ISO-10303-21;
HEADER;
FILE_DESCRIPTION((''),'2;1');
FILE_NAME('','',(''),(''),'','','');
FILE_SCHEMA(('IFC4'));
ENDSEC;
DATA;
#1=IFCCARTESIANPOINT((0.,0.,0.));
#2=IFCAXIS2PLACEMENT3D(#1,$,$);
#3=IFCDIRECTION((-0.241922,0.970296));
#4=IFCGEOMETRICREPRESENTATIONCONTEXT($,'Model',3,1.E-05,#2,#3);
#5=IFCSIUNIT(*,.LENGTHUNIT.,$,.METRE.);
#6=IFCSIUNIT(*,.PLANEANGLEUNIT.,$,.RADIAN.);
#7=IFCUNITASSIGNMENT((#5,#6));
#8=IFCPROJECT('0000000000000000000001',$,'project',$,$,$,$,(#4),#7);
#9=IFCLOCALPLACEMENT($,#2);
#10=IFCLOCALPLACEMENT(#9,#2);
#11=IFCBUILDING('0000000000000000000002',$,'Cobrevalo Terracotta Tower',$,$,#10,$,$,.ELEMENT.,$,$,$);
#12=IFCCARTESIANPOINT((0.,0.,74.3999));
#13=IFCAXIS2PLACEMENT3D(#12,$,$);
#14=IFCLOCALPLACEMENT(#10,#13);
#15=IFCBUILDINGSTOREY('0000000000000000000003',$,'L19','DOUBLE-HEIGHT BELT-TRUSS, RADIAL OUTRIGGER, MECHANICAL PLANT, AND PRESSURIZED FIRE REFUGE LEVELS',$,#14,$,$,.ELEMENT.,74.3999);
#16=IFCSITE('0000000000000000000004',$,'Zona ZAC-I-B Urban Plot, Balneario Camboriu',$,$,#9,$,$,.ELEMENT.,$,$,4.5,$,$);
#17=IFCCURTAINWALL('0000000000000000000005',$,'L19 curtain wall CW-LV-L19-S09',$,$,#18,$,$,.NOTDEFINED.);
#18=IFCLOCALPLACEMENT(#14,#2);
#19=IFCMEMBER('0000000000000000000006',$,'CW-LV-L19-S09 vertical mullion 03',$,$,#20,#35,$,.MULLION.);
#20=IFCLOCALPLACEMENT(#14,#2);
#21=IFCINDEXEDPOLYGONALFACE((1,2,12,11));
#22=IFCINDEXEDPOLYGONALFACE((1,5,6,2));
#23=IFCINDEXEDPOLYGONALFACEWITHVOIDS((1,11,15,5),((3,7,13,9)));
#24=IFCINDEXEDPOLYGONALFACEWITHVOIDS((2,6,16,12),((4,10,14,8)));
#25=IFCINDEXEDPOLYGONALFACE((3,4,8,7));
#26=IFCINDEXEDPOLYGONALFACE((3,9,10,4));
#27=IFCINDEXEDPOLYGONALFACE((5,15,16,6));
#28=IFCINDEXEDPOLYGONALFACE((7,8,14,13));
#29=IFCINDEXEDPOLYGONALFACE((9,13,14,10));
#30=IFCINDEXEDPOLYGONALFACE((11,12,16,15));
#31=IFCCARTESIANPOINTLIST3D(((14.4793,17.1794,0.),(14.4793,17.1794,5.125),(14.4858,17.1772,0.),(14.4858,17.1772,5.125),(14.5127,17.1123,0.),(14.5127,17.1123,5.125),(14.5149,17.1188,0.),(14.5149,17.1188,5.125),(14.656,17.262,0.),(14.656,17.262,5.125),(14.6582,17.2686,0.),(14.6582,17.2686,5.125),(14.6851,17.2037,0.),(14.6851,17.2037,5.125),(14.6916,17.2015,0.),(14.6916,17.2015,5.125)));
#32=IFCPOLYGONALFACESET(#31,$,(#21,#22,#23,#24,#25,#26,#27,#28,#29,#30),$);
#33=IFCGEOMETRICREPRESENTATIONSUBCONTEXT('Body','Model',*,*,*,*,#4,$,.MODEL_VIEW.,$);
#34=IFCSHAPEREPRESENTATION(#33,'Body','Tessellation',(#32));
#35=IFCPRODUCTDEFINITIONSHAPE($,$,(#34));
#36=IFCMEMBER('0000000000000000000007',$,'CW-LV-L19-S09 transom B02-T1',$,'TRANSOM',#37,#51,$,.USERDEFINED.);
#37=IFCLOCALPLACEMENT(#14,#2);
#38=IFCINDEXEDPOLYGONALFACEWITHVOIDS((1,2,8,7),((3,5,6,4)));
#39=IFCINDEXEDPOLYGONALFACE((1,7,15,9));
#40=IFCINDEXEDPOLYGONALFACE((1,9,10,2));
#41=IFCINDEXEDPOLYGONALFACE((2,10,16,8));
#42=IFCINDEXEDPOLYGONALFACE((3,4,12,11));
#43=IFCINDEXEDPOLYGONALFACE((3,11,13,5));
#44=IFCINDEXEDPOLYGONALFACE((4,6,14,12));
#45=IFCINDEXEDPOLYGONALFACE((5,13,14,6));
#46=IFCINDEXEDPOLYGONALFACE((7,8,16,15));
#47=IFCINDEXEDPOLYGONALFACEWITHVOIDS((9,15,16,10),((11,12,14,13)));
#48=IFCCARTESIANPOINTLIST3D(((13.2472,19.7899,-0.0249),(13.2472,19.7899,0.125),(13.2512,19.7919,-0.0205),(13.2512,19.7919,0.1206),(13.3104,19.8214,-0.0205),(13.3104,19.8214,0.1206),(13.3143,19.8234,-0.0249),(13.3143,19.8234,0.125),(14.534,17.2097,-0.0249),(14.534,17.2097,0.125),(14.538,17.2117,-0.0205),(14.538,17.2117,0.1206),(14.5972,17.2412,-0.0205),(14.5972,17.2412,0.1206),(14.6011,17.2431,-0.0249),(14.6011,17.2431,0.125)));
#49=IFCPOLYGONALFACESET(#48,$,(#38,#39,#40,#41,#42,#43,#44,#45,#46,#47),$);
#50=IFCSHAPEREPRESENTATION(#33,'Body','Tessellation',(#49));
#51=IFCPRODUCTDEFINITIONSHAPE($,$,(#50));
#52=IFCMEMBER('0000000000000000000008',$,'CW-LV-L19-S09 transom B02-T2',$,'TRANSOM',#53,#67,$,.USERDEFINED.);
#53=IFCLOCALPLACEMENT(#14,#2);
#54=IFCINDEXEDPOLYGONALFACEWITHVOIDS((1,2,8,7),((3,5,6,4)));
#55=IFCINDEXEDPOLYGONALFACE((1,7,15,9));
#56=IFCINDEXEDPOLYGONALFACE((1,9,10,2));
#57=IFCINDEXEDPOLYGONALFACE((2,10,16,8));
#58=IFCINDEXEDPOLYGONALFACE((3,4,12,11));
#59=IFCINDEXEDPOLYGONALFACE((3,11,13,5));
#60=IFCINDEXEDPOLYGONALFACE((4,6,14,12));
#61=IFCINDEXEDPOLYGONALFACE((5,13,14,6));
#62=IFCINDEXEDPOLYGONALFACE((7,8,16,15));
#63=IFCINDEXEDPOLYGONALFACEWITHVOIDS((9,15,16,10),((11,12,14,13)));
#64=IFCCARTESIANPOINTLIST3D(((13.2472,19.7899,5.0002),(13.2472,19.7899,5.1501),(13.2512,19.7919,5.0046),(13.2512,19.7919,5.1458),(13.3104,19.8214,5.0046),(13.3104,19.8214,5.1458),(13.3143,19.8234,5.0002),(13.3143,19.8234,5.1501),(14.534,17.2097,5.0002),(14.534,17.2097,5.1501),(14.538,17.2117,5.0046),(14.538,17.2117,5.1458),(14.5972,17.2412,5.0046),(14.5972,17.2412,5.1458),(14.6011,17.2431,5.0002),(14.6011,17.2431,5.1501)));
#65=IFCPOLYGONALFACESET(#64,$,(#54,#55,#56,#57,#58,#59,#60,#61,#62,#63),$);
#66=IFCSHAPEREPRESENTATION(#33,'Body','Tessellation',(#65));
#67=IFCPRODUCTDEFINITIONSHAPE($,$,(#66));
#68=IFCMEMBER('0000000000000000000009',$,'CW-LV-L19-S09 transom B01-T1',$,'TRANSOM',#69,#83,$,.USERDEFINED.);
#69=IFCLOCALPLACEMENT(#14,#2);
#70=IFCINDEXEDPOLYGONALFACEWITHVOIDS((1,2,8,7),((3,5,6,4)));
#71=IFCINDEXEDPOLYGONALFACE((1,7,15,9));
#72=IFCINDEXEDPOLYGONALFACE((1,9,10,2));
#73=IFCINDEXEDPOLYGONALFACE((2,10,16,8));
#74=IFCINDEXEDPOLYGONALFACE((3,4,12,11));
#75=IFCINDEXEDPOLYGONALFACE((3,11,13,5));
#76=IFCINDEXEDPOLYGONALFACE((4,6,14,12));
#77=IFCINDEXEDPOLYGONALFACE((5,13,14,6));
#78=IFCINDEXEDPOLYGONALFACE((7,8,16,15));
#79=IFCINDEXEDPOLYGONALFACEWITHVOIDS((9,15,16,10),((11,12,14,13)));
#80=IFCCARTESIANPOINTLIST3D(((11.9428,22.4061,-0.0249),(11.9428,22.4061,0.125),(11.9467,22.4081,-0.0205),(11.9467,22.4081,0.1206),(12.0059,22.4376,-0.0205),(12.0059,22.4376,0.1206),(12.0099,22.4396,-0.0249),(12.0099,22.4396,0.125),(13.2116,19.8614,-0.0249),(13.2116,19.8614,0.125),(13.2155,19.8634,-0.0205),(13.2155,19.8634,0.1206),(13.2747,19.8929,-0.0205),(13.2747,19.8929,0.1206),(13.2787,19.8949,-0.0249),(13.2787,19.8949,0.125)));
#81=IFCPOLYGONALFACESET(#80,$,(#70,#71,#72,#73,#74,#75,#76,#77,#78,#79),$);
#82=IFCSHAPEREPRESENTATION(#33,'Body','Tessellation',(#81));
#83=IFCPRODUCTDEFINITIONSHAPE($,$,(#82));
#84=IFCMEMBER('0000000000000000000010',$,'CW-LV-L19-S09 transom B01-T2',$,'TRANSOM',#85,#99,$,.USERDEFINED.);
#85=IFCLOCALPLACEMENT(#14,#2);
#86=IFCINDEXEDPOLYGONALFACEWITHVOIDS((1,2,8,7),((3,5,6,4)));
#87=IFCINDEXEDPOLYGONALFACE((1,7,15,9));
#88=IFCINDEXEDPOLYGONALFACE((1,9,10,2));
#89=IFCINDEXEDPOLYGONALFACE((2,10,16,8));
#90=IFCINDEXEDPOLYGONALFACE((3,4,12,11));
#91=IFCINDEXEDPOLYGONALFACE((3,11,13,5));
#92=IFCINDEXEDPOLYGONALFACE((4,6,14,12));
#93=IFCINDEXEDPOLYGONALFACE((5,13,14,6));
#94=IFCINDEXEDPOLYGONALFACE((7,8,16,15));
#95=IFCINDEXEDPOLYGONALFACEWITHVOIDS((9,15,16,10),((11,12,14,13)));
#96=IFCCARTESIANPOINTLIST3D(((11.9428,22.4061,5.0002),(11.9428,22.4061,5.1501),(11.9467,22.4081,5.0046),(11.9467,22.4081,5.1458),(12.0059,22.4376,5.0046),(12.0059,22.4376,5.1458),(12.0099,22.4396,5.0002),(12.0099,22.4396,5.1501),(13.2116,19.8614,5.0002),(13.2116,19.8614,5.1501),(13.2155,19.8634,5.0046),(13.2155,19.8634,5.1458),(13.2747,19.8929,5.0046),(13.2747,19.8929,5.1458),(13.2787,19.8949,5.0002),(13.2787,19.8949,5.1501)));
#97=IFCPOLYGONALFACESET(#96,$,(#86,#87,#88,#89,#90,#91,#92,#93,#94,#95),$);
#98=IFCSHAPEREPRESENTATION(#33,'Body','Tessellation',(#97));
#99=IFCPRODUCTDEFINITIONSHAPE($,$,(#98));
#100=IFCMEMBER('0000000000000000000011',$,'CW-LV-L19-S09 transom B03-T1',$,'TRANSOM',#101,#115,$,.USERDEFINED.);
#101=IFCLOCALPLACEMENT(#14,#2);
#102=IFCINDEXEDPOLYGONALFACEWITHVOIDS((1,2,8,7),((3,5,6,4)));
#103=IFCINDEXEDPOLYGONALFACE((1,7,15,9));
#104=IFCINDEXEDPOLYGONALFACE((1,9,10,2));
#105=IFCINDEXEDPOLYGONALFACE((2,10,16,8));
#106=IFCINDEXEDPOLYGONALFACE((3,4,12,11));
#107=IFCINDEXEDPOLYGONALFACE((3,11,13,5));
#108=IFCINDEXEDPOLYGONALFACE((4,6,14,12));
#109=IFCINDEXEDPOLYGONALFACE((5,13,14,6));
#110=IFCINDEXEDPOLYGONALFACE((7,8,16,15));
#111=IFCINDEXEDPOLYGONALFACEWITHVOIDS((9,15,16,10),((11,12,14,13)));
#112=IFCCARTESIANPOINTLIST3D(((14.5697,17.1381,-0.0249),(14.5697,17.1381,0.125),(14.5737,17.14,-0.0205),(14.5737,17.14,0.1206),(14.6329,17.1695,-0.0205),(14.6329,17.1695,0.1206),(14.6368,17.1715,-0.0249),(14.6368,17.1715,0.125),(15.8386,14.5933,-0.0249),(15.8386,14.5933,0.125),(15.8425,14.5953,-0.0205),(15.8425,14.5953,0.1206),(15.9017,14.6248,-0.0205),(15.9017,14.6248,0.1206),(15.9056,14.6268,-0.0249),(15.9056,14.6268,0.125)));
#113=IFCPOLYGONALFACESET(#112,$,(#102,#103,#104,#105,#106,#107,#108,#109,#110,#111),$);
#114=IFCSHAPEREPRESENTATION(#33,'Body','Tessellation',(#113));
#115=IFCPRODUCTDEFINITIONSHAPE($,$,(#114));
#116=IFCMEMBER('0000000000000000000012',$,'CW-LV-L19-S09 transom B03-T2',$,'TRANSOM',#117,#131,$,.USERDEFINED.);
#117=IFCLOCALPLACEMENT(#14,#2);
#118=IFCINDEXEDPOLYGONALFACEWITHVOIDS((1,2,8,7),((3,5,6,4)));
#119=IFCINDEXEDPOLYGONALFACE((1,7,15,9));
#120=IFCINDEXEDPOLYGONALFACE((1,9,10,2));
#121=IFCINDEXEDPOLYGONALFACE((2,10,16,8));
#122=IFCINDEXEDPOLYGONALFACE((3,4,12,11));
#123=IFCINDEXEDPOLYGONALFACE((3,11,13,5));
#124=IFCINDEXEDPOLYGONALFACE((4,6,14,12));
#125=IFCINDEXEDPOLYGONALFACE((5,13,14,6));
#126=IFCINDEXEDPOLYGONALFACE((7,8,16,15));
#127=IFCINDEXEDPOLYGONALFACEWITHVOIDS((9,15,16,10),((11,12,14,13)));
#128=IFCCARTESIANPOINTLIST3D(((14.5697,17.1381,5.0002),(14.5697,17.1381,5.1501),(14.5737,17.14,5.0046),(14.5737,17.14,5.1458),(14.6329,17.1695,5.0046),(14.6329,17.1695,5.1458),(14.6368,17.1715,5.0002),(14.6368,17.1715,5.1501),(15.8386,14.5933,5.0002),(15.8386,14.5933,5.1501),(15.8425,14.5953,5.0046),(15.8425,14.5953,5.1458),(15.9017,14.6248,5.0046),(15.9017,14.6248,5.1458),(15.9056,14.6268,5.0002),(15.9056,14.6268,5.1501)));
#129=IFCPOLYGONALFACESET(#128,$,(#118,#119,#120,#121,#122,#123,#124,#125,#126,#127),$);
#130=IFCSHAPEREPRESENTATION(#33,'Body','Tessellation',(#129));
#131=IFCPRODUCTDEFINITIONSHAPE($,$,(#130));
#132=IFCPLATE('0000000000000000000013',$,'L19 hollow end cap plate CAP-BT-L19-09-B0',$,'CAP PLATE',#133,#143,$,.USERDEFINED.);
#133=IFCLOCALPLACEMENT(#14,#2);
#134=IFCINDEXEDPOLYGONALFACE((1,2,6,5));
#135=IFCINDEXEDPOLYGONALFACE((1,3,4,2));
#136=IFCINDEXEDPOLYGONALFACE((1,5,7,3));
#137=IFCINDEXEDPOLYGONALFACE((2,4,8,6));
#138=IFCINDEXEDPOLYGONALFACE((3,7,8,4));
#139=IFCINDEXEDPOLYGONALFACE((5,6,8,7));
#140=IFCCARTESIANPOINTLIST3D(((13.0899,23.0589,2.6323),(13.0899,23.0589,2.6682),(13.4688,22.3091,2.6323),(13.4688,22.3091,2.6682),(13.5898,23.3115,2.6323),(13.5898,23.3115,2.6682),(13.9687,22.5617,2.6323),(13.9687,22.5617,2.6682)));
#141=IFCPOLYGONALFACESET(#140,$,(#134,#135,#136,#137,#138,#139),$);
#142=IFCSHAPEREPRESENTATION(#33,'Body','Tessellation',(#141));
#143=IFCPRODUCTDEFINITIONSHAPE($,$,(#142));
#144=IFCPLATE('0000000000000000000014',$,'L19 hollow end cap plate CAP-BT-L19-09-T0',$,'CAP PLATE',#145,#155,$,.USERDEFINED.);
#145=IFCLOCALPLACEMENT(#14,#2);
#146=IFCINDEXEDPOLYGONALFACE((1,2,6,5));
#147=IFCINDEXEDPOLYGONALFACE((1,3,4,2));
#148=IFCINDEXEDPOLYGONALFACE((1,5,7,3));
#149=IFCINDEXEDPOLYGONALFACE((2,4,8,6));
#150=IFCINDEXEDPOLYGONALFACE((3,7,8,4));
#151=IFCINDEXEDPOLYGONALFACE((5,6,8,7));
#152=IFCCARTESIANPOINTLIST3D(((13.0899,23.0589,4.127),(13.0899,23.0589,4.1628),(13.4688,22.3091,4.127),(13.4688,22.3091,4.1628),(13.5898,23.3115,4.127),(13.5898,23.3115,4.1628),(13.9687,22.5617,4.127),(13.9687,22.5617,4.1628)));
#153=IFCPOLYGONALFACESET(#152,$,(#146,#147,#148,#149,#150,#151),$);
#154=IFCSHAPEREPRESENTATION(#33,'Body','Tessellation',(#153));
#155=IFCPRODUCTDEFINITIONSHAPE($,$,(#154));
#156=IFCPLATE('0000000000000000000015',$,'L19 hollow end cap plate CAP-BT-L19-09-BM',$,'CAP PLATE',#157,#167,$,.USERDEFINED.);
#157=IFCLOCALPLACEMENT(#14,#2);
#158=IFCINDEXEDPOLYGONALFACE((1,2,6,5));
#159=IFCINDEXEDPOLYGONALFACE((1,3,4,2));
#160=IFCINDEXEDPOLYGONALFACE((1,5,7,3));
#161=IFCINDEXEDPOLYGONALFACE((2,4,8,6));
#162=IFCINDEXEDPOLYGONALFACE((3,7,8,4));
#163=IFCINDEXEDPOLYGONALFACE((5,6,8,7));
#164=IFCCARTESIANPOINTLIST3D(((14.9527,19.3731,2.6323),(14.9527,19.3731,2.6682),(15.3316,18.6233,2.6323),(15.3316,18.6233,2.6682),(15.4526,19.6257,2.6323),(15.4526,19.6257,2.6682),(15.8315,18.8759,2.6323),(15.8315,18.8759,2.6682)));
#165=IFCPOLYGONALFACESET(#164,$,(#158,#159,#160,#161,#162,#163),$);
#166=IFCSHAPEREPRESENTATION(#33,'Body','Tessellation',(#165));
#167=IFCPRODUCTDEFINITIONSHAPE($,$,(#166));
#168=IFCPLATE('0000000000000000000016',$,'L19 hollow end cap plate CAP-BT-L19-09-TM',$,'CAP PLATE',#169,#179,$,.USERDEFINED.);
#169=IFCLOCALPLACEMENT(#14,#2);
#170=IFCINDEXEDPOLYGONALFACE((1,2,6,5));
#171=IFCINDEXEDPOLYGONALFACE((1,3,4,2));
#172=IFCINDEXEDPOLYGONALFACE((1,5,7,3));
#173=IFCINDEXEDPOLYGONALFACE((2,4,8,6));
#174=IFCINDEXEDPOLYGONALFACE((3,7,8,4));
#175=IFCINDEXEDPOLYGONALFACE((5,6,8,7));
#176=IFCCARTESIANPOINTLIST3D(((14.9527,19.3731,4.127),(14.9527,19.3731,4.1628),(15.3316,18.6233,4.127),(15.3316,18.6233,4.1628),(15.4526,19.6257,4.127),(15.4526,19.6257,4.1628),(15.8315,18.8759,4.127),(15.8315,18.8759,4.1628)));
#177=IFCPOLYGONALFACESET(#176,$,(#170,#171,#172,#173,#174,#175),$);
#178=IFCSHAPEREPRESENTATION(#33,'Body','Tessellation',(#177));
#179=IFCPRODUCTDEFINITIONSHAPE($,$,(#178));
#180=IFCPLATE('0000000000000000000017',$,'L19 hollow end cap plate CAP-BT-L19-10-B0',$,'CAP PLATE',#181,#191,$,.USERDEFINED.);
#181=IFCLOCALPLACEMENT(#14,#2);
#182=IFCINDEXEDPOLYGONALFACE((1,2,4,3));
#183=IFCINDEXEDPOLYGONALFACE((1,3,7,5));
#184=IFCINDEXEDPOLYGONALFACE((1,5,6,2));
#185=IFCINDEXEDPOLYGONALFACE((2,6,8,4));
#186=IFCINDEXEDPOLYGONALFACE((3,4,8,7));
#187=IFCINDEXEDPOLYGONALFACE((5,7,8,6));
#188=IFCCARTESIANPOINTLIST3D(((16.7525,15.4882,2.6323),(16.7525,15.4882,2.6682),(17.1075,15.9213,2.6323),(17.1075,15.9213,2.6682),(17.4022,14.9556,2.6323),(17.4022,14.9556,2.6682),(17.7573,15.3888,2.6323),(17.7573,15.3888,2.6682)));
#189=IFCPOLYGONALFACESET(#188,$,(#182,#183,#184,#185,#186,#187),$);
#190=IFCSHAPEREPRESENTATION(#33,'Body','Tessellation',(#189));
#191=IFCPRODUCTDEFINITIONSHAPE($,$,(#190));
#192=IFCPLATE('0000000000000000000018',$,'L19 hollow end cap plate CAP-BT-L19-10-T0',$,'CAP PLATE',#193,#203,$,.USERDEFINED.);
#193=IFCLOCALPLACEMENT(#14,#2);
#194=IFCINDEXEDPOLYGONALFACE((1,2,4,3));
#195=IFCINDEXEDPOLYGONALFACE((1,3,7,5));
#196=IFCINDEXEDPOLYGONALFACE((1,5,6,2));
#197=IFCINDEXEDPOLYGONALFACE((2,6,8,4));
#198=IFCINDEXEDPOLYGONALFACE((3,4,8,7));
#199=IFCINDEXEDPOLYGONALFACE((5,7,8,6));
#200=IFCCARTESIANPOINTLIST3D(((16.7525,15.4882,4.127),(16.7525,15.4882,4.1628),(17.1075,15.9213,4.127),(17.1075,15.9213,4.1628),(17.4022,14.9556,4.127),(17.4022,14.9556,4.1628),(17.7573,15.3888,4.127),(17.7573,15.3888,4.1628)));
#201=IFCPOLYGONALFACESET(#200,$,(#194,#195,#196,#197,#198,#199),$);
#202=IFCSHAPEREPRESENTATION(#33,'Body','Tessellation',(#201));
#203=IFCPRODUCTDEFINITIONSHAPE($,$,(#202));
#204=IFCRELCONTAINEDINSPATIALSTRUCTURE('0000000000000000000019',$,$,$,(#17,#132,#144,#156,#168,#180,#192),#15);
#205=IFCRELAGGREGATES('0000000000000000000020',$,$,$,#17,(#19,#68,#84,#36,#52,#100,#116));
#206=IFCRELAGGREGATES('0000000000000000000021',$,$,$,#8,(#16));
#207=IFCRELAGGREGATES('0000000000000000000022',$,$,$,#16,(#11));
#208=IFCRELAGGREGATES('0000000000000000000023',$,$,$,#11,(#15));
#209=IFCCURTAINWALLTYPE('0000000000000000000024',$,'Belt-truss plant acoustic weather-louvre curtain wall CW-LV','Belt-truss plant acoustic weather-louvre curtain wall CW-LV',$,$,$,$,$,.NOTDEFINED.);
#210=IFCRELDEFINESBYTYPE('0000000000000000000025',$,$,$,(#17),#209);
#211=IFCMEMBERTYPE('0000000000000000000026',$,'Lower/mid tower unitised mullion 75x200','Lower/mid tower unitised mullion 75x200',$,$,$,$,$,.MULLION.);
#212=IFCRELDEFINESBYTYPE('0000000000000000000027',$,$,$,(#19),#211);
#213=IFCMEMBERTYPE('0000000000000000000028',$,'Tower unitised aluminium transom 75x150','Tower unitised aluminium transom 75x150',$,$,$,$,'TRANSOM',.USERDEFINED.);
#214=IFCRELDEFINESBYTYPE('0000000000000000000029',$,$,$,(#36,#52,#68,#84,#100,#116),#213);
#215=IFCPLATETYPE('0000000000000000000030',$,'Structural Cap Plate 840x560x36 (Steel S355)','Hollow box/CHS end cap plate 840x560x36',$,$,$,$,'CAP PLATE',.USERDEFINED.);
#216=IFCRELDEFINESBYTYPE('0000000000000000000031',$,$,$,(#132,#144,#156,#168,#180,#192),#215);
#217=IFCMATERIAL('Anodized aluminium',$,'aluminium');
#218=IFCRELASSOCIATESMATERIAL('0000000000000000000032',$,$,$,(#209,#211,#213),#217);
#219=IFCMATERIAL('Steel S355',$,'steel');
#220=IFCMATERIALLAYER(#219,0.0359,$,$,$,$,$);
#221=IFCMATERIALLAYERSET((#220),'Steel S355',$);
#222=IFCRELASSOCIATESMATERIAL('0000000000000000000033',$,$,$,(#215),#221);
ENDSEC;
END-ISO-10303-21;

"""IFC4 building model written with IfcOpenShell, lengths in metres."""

from ifc_helpers import new_model, si_unit, direction, frame, origin, origin_2d, place, context, subcontext, project, spatial, rectangle, hollow_rectangle, extrude, source, transform, mapped, material, layer, layer_set, material_profile, profile_set, type_object, element, aggregate, save


model = new_model("IFC4")

# Units and contexts
model_context = context("Model", 3, precision=1e-05, world=origin(), true_north=direction((-0.241922, 0.970296)))
body_context = subcontext(model_context, "Body", "Model", "MODEL_VIEW")
ifc_project = project(units=[si_unit("LENGTHUNIT", "METRE"), si_unit("PLANEANGLEUNIT", "RADIAN")], contexts=[model_context])

# Site, building, storey
site_placement = place(None, origin())
site = spatial("IfcSite", under=ifc_project, at=site_placement, Name="Zona ZAC-I-B Urban Plot, Balneario Camboriu", CompositionType="ELEMENT", RefElevation=4.5)
building_placement = place(site_placement, origin())
building = spatial("IfcBuilding", under=site, at=building_placement, Name="Cobrevalo Terracotta Tower", CompositionType="ELEMENT")
storey_placement = place(building_placement, frame((0.0, 0.0, 74.3999)))
storey = spatial("IfcBuildingStorey", under=building, at=storey_placement, Name="L19", Description="DOUBLE-HEIGHT BELT-TRUSS, RADIAL OUTRIGGER, MECHANICAL PLANT, AND PRESSURIZED FIRE REFUGE LEVELS", CompositionType="ELEMENT", Elevation=74.3999)

# Shared definitions
ifc_material_1 = material(Name="Steel S355", Category="steel")

# Shared definitions
ifc_material_2 = material(Name="Anodized aluminium", Category="aluminium")
curtain_wall_type = type_object("IfcCurtainWallType", Name="Belt-truss plant acoustic weather-louvre curtain wall CW-LV", Description="Belt-truss plant acoustic weather-louvre curtain wall CW-LV", PredefinedType="NOTDEFINED", material=ifc_material_2)
ifc_material_profile_1 = material_profile(ifc_material_2, hollow_rectangle(XDim=0.075, YDim=0.2, WallThickness=0.0049, at=origin_2d()), Name="CWM 75x200")
ifc_profile_set_1 = profile_set([ifc_material_profile_1], Name="Anodized aluminium")
member_type_1 = type_object("IfcMemberType", Name="Lower/mid tower unitised mullion 75x200", Description="Lower/mid tower unitised mullion 75x200", PredefinedType="MULLION", material=ifc_profile_set_1)
shared_shape_1 = source(origin(), body_context, "Body", "SweptSolid", [
    extrude(hollow_rectangle(XDim=0.075, YDim=0.2, WallThickness=0.0049, at=origin_2d()), origin(), (0.0, 0.0, 1.0), 5.125),
])

# Curtain wall, members
curtain_wall_1_placement = place(storey_placement, origin())
curtain_wall_1 = element("IfcCurtainWall", 1, at=curtain_wall_1_placement, inside=storey, type_object=curtain_wall_type, Name="L19 curtain wall CW-LV-L19-S09", PredefinedType="NOTDEFINED")
member_1_placement = place(storey_placement, frame((14.5854, 17.1904, 0.0), z_axis=(0.0, 0.0, 1.0), x_axis=(0.44626, -0.894903, 0.0)))
member_1 = element("IfcMember", 2, at=member_1_placement, type_object=member_type_1, Name="CW-LV-L19-S09 vertical mullion 03", PredefinedType="MULLION", context=body_context, shape_type="MappedRepresentation", body=[
    mapped(shared_shape_1, transform((0.0, 0.0, 0.0), scale=1.0)),
])
ifc_material_profile_2 = material_profile(ifc_material_2, hollow_rectangle(XDim=0.075, YDim=0.1499, WallThickness=0.0044, at=origin_2d()), Name="CWT 75x150")
ifc_profile_set_2 = profile_set([ifc_material_profile_2], Name="Anodized aluminium")
member_type_2 = type_object("IfcMemberType", Name="Tower unitised aluminium transom 75x150", Description="Tower unitised aluminium transom 75x150", ElementType="TRANSOM", PredefinedType="USERDEFINED", material=ifc_profile_set_2)
shared_shape_2 = source(origin(), body_context, "Body", "SweptSolid", [
    extrude(hollow_rectangle(XDim=0.075, YDim=0.1499, WallThickness=0.0044, at=origin_2d()), origin(), (0.0, 0.0, 1.0), 2.8833),
])
member_2_placement = place(storey_placement, frame((13.2808, 19.8066, 0.05), z_axis=(0.446299, -0.894884, 0.0), x_axis=(0.894884, 0.446299, 0.0)))
member_2 = element("IfcMember", 3, at=member_2_placement, type_object=member_type_2, Name="CW-LV-L19-S09 transom B02-T1", ObjectType="TRANSOM", PredefinedType="USERDEFINED", context=body_context, shape_type="MappedRepresentation", body=[
    mapped(shared_shape_2, transform((0.0, 0.0, 0.0), scale=1.0)),
])
member_3_placement = place(storey_placement, frame((13.2808, 19.8066, 5.0752), z_axis=(0.446299, -0.894884, 0.0), x_axis=(0.894884, 0.446299, 0.0)))
member_3 = element("IfcMember", 4, at=member_3_placement, type_object=member_type_2, Name="CW-LV-L19-S09 transom B02-T2", ObjectType="TRANSOM", PredefinedType="USERDEFINED", context=body_context, shape_type="MappedRepresentation", body=[
    mapped(shared_shape_2, transform((0.0, 0.0, 0.0), scale=1.0)),
])
shared_shape_3 = source(origin(), body_context, "Body", "SweptSolid", [
    extrude(hollow_rectangle(XDim=0.075, YDim=0.1499, WallThickness=0.0044, at=origin_2d()), origin(), (0.0, 0.0, 1.0), 2.8435),
])
member_4_placement = place(storey_placement, frame((11.9763, 22.4229, 0.05), z_axis=(0.446217, -0.894925, 0.0), x_axis=(0.894925, 0.446217, 0.0)))
member_4 = element("IfcMember", 5, at=member_4_placement, type_object=member_type_2, Name="CW-LV-L19-S09 transom B01-T1", ObjectType="TRANSOM", PredefinedType="USERDEFINED", context=body_context, shape_type="MappedRepresentation", body=[
    mapped(shared_shape_3, transform((0.0, 0.0, 0.0), scale=1.0)),
])
member_5_placement = place(storey_placement, frame((11.9763, 22.4229, 5.0752), z_axis=(0.446217, -0.894925, 0.0), x_axis=(0.894925, 0.446217, 0.0)))
member_5 = element("IfcMember", 6, at=member_5_placement, type_object=member_type_2, Name="CW-LV-L19-S09 transom B01-T2", ObjectType="TRANSOM", PredefinedType="USERDEFINED", context=body_context, shape_type="MappedRepresentation", body=[
    mapped(shared_shape_3, transform((0.0, 0.0, 0.0), scale=1.0)),
])
member_6_placement = place(storey_placement, frame((14.6033, 17.1548, 0.05), z_axis=(0.446217, -0.894925, 0.0), x_axis=(0.894925, 0.446217, 0.0)))
member_6 = element("IfcMember", 7, at=member_6_placement, type_object=member_type_2, Name="CW-LV-L19-S09 transom B03-T1", ObjectType="TRANSOM", PredefinedType="USERDEFINED", context=body_context, shape_type="MappedRepresentation", body=[
    mapped(shared_shape_3, transform((0.0, 0.0, 0.0), scale=1.0)),
])
member_7_placement = place(storey_placement, frame((14.6033, 17.1548, 5.0752), z_axis=(0.446217, -0.894925, 0.0), x_axis=(0.894925, 0.446217, 0.0)))
member_7 = element("IfcMember", 8, at=member_7_placement, type_object=member_type_2, Name="CW-LV-L19-S09 transom B03-T2", ObjectType="TRANSOM", PredefinedType="USERDEFINED", context=body_context, shape_type="MappedRepresentation", body=[
    mapped(shared_shape_3, transform((0.0, 0.0, 0.0), scale=1.0)),
])

# Plates
ifc_layer_1 = layer(ifc_material_1, 0.0359)
ifc_layer_set_1 = layer_set([ifc_layer_1], Name="Steel S355")
plate_type_1 = type_object("IfcPlateType", Name="Structural Cap Plate 840x560x36 (Steel S355)", Description="Hollow box/CHS end cap plate 840x560x36", ElementType="CAP PLATE", PredefinedType="USERDEFINED", material=ifc_layer_set_1)
shared_shape_4 = source(origin(), body_context, "Body", "SweptSolid", [
    extrude(rectangle(XDim=0.8401, YDim=0.5601, at=origin_2d()), origin(), (0.0, 0.0, 1.0), 0.0359),
])
for number, where, z_axis, x_axis, name in (
    (9, (13.5293, 22.8103, 2.6323), (0.0, 0.0, 1.0), (0.451036, -0.892506, 0.0), "L19 hollow end cap plate CAP-BT-L19-09-B0"),
    (10, (13.5293, 22.8103, 4.127), (0.0, 0.0, 1.0), (0.451036, -0.892506, 0.0), "L19 hollow end cap plate CAP-BT-L19-09-T0"),
    (11, (15.3921, 19.1245, 2.6323), (0.0, 0.0, 1.0), (0.451036, -0.892506, 0.0), "L19 hollow end cap plate CAP-BT-L19-09-BM"),
    (12, (15.3921, 19.1245, 4.127), (0.0, 0.0, 1.0), (0.451036, -0.892506, 0.0), "L19 hollow end cap plate CAP-BT-L19-09-TM"),
    (13, (17.2549, 15.4385, 2.6323), (0.0, 0.0, 1.0), (0.773404, -0.633913, 0.0), "L19 hollow end cap plate CAP-BT-L19-10-B0"),
    (14, (17.2549, 15.4385, 4.127), (0.0, 0.0, 1.0), (0.773404, -0.633913, 0.0), "L19 hollow end cap plate CAP-BT-L19-10-T0"),
):
    element("IfcPlate", number, at=place(storey_placement, frame(where, z_axis=z_axis, x_axis=x_axis)), inside=storey, type_object=plate_type_1, Name=name, ObjectType="CAP PLATE", PredefinedType="USERDEFINED", context=body_context, shape_type="MappedRepresentation", body=[
        mapped(shared_shape_4, transform((0.0, 0.0, 0.0), scale=1.0)),
    ])

aggregate(curtain_wall_1, [member_1, member_4, member_5, member_2, member_3, member_6, member_7])

save(model, "model.ifc")
